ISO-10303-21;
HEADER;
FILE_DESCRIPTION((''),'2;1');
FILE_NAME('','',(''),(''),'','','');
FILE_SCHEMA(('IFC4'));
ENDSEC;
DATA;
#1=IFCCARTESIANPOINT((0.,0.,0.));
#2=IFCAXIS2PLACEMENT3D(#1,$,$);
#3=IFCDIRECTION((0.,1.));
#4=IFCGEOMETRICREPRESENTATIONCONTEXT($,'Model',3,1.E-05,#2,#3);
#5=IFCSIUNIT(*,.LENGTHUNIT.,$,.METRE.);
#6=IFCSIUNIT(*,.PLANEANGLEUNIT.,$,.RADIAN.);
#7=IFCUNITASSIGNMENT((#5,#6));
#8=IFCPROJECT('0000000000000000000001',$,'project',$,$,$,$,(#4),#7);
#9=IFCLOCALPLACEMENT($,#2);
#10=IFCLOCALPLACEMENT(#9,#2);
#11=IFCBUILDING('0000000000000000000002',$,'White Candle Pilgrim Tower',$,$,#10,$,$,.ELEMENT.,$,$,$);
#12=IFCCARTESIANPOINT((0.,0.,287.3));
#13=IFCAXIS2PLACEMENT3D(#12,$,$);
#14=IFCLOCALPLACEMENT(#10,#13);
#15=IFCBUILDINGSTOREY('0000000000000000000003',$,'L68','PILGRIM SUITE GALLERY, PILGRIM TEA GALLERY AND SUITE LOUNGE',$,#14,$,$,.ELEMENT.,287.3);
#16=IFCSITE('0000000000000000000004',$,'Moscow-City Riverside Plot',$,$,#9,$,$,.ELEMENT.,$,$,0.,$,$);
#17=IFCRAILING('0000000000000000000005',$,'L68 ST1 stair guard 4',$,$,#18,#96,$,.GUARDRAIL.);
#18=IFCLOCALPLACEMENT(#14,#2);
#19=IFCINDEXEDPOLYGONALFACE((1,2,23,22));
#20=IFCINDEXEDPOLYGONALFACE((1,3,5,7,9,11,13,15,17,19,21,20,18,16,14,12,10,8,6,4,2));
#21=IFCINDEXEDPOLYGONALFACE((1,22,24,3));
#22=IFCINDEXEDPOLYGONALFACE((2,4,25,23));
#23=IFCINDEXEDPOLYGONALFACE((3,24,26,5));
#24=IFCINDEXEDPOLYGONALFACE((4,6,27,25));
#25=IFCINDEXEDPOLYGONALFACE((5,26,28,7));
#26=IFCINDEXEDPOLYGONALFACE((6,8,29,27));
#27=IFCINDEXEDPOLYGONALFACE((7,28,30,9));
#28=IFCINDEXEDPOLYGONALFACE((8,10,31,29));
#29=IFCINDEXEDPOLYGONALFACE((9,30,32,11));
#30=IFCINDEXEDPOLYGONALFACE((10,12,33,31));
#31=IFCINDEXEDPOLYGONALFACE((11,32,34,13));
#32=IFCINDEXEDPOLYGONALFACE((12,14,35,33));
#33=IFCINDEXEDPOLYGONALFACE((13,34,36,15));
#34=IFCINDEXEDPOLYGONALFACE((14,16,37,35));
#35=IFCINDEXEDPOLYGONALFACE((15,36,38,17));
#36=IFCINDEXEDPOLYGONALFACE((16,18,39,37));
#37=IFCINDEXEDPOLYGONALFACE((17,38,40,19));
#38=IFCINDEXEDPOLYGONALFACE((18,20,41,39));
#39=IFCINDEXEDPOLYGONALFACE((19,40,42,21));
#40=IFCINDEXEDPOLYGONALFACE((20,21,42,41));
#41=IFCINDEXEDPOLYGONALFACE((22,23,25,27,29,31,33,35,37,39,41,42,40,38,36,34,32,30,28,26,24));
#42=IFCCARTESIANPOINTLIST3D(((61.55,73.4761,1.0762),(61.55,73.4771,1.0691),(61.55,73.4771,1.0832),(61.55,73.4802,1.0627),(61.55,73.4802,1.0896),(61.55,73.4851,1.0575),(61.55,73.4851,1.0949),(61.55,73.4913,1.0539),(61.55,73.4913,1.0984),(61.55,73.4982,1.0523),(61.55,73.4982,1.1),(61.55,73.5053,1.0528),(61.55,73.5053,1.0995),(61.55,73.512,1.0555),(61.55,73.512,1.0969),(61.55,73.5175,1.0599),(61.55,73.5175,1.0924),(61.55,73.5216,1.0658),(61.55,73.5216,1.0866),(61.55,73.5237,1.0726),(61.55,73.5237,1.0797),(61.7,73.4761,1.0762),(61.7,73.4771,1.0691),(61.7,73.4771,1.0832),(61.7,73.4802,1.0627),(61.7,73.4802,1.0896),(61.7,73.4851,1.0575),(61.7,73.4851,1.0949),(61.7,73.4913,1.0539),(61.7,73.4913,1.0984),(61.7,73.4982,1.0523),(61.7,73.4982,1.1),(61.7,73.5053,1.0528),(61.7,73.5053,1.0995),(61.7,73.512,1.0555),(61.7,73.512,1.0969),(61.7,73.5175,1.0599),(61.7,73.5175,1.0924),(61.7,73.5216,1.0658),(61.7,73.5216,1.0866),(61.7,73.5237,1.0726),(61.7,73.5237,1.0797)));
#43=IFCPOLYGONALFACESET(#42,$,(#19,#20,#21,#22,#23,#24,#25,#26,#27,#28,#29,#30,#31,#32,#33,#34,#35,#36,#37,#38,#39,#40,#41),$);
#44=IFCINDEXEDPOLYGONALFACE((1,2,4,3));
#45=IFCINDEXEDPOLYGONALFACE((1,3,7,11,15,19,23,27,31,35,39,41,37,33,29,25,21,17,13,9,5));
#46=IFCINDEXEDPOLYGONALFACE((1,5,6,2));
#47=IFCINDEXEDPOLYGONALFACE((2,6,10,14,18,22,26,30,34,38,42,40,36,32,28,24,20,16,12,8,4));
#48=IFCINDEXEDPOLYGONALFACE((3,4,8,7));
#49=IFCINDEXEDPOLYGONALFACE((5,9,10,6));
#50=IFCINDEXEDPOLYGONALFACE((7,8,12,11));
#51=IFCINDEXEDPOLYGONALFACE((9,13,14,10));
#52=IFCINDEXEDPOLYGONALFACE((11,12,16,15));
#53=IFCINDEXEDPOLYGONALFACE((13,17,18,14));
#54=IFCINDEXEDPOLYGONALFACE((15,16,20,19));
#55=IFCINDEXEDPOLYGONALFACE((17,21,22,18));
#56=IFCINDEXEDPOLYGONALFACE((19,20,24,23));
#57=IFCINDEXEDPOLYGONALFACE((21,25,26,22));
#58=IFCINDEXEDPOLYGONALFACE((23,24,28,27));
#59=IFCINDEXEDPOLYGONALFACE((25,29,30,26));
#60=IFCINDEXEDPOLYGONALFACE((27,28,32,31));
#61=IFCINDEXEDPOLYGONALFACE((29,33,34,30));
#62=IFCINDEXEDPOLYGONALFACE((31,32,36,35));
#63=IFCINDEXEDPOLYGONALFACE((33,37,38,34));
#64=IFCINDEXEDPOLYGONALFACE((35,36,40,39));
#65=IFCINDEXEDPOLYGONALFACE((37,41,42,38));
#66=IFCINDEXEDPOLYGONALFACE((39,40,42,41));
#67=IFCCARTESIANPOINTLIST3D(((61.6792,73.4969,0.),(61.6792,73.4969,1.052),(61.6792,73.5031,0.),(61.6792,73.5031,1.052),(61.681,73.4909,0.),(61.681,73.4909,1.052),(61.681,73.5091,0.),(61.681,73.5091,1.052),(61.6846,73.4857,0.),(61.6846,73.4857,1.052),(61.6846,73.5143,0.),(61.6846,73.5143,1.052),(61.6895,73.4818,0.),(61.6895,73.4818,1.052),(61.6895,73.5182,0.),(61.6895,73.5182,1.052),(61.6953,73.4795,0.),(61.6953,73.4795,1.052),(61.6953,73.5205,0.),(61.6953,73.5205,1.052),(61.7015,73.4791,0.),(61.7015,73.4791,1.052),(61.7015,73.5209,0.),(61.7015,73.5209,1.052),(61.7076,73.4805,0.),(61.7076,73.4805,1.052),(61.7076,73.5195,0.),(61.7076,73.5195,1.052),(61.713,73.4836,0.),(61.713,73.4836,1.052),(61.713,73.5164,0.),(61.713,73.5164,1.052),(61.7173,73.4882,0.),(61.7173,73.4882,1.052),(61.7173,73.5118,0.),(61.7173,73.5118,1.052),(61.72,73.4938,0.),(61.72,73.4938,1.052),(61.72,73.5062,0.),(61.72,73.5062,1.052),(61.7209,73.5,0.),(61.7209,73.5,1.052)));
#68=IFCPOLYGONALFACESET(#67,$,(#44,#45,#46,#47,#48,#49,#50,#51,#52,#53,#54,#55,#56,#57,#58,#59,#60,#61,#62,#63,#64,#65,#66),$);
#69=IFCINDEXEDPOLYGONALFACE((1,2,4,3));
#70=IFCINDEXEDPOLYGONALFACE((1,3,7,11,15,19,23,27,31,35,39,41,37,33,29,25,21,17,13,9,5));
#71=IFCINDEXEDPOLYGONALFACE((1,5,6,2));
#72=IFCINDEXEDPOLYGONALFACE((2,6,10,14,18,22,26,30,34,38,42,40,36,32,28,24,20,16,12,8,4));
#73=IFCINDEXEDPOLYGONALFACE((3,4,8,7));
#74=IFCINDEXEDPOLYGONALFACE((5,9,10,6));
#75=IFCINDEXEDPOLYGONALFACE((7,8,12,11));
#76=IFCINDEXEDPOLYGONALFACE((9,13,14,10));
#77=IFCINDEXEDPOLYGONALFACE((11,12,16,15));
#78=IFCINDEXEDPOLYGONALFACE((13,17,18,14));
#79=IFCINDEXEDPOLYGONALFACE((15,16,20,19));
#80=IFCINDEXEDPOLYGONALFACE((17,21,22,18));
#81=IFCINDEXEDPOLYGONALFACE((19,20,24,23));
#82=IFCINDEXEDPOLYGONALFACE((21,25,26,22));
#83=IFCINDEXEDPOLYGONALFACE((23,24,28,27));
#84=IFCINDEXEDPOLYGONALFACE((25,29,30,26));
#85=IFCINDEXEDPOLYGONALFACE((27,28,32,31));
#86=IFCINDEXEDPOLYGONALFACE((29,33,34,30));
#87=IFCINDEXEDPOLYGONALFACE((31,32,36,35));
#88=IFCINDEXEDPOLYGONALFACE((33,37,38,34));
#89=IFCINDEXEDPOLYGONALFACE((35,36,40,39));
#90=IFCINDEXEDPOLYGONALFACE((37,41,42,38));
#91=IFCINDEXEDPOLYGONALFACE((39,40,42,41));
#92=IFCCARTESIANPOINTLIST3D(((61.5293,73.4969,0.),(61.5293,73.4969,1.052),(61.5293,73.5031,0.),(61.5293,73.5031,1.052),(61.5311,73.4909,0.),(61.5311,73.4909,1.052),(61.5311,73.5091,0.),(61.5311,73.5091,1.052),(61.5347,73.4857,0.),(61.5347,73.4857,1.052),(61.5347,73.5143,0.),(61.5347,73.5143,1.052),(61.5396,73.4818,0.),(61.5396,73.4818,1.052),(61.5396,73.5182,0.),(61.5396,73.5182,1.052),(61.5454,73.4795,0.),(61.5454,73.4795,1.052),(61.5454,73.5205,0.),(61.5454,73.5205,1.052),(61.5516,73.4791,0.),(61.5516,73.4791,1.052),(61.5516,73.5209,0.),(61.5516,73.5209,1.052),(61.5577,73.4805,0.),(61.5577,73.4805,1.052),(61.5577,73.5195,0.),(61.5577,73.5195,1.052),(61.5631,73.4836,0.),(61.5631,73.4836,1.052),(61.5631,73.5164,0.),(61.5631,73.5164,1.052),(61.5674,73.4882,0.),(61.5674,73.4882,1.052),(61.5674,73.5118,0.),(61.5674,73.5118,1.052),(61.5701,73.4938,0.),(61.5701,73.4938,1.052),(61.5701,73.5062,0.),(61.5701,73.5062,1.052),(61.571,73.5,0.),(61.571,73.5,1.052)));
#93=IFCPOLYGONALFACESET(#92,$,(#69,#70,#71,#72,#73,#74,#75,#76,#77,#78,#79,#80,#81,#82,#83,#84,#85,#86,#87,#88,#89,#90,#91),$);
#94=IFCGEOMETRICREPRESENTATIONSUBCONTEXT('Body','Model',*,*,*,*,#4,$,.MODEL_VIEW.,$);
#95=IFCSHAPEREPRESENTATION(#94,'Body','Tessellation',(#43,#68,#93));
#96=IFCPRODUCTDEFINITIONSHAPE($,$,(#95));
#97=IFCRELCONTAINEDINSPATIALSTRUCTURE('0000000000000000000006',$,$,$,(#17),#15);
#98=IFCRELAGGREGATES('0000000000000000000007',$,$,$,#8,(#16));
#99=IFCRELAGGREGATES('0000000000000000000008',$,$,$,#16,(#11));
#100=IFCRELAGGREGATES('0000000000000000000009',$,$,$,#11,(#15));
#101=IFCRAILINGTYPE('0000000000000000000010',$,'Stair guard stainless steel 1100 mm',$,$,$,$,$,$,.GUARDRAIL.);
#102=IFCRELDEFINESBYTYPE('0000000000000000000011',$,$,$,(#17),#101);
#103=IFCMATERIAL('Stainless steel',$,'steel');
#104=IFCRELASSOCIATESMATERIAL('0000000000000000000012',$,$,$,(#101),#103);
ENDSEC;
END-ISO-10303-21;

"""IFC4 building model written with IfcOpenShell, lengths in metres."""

from ifc_helpers import new_model, si_unit, direction, frame, origin, origin_2d, place, context, subcontext, project, spatial, circle, extrude, material, type_object, element, save


model = new_model("IFC4")

# Units and contexts
model_context = context("Model", 3, precision=1e-05, world=origin(), true_north=direction((0.0, 1.0)))
body_context = subcontext(model_context, "Body", "Model", "MODEL_VIEW")
ifc_project = project(units=[si_unit("LENGTHUNIT", "METRE"), si_unit("PLANEANGLEUNIT", "RADIAN")], contexts=[model_context])

# Site, building, storey
site_placement = place(None, origin())
site = spatial("IfcSite", under=ifc_project, at=site_placement, Name="Moscow-City Riverside Plot", CompositionType="ELEMENT", RefElevation=0.0)
building_placement = place(site_placement, origin())
building = spatial("IfcBuilding", under=site, at=building_placement, Name="White Candle Pilgrim Tower", CompositionType="ELEMENT")
storey_placement = place(building_placement, frame((0.0, 0.0, 287.3)))
storey = spatial("IfcBuildingStorey", under=building, at=storey_placement, Name="L68", Description="PILGRIM SUITE GALLERY, PILGRIM TEA GALLERY AND SUITE LOUNGE", CompositionType="ELEMENT", Elevation=287.3)

# Railing
ifc_material_1 = material(Name="Stainless steel", Category="steel")
railing_type_1 = type_object("IfcRailingType", Name="Stair guard stainless steel 1100 mm", PredefinedType="GUARDRAIL", material=ifc_material_1)
railing_1_placement = place(storey_placement, frame((61.7, 73.5, 0.0)))
element("IfcRailing", 1, at=railing_1_placement, inside=storey, type_object=railing_type_1, Name="L68 ST1 stair guard 4", PredefinedType="GUARDRAIL", context=body_context, shape_type="SweptSolid", body=[
    extrude(circle(Radius=0.0239, at=origin_2d()), frame((0.0, 0.0, 1.0762), z_axis=(-1.0, 0.0, 0.0), x_axis=(0.0, -1.0, 0.0)), (0.0, 0.0, 1.0), 0.1499),
    extrude(circle(Radius=0.021, at=origin_2d()), origin(), (0.0, 0.0, 1.0), 1.052),
    extrude(circle(Radius=0.021, at=origin_2d()), frame((-0.1499, 0.0, 0.0)), (0.0, 0.0, 1.0), 1.052),
])

save(model, "model.ifc")
